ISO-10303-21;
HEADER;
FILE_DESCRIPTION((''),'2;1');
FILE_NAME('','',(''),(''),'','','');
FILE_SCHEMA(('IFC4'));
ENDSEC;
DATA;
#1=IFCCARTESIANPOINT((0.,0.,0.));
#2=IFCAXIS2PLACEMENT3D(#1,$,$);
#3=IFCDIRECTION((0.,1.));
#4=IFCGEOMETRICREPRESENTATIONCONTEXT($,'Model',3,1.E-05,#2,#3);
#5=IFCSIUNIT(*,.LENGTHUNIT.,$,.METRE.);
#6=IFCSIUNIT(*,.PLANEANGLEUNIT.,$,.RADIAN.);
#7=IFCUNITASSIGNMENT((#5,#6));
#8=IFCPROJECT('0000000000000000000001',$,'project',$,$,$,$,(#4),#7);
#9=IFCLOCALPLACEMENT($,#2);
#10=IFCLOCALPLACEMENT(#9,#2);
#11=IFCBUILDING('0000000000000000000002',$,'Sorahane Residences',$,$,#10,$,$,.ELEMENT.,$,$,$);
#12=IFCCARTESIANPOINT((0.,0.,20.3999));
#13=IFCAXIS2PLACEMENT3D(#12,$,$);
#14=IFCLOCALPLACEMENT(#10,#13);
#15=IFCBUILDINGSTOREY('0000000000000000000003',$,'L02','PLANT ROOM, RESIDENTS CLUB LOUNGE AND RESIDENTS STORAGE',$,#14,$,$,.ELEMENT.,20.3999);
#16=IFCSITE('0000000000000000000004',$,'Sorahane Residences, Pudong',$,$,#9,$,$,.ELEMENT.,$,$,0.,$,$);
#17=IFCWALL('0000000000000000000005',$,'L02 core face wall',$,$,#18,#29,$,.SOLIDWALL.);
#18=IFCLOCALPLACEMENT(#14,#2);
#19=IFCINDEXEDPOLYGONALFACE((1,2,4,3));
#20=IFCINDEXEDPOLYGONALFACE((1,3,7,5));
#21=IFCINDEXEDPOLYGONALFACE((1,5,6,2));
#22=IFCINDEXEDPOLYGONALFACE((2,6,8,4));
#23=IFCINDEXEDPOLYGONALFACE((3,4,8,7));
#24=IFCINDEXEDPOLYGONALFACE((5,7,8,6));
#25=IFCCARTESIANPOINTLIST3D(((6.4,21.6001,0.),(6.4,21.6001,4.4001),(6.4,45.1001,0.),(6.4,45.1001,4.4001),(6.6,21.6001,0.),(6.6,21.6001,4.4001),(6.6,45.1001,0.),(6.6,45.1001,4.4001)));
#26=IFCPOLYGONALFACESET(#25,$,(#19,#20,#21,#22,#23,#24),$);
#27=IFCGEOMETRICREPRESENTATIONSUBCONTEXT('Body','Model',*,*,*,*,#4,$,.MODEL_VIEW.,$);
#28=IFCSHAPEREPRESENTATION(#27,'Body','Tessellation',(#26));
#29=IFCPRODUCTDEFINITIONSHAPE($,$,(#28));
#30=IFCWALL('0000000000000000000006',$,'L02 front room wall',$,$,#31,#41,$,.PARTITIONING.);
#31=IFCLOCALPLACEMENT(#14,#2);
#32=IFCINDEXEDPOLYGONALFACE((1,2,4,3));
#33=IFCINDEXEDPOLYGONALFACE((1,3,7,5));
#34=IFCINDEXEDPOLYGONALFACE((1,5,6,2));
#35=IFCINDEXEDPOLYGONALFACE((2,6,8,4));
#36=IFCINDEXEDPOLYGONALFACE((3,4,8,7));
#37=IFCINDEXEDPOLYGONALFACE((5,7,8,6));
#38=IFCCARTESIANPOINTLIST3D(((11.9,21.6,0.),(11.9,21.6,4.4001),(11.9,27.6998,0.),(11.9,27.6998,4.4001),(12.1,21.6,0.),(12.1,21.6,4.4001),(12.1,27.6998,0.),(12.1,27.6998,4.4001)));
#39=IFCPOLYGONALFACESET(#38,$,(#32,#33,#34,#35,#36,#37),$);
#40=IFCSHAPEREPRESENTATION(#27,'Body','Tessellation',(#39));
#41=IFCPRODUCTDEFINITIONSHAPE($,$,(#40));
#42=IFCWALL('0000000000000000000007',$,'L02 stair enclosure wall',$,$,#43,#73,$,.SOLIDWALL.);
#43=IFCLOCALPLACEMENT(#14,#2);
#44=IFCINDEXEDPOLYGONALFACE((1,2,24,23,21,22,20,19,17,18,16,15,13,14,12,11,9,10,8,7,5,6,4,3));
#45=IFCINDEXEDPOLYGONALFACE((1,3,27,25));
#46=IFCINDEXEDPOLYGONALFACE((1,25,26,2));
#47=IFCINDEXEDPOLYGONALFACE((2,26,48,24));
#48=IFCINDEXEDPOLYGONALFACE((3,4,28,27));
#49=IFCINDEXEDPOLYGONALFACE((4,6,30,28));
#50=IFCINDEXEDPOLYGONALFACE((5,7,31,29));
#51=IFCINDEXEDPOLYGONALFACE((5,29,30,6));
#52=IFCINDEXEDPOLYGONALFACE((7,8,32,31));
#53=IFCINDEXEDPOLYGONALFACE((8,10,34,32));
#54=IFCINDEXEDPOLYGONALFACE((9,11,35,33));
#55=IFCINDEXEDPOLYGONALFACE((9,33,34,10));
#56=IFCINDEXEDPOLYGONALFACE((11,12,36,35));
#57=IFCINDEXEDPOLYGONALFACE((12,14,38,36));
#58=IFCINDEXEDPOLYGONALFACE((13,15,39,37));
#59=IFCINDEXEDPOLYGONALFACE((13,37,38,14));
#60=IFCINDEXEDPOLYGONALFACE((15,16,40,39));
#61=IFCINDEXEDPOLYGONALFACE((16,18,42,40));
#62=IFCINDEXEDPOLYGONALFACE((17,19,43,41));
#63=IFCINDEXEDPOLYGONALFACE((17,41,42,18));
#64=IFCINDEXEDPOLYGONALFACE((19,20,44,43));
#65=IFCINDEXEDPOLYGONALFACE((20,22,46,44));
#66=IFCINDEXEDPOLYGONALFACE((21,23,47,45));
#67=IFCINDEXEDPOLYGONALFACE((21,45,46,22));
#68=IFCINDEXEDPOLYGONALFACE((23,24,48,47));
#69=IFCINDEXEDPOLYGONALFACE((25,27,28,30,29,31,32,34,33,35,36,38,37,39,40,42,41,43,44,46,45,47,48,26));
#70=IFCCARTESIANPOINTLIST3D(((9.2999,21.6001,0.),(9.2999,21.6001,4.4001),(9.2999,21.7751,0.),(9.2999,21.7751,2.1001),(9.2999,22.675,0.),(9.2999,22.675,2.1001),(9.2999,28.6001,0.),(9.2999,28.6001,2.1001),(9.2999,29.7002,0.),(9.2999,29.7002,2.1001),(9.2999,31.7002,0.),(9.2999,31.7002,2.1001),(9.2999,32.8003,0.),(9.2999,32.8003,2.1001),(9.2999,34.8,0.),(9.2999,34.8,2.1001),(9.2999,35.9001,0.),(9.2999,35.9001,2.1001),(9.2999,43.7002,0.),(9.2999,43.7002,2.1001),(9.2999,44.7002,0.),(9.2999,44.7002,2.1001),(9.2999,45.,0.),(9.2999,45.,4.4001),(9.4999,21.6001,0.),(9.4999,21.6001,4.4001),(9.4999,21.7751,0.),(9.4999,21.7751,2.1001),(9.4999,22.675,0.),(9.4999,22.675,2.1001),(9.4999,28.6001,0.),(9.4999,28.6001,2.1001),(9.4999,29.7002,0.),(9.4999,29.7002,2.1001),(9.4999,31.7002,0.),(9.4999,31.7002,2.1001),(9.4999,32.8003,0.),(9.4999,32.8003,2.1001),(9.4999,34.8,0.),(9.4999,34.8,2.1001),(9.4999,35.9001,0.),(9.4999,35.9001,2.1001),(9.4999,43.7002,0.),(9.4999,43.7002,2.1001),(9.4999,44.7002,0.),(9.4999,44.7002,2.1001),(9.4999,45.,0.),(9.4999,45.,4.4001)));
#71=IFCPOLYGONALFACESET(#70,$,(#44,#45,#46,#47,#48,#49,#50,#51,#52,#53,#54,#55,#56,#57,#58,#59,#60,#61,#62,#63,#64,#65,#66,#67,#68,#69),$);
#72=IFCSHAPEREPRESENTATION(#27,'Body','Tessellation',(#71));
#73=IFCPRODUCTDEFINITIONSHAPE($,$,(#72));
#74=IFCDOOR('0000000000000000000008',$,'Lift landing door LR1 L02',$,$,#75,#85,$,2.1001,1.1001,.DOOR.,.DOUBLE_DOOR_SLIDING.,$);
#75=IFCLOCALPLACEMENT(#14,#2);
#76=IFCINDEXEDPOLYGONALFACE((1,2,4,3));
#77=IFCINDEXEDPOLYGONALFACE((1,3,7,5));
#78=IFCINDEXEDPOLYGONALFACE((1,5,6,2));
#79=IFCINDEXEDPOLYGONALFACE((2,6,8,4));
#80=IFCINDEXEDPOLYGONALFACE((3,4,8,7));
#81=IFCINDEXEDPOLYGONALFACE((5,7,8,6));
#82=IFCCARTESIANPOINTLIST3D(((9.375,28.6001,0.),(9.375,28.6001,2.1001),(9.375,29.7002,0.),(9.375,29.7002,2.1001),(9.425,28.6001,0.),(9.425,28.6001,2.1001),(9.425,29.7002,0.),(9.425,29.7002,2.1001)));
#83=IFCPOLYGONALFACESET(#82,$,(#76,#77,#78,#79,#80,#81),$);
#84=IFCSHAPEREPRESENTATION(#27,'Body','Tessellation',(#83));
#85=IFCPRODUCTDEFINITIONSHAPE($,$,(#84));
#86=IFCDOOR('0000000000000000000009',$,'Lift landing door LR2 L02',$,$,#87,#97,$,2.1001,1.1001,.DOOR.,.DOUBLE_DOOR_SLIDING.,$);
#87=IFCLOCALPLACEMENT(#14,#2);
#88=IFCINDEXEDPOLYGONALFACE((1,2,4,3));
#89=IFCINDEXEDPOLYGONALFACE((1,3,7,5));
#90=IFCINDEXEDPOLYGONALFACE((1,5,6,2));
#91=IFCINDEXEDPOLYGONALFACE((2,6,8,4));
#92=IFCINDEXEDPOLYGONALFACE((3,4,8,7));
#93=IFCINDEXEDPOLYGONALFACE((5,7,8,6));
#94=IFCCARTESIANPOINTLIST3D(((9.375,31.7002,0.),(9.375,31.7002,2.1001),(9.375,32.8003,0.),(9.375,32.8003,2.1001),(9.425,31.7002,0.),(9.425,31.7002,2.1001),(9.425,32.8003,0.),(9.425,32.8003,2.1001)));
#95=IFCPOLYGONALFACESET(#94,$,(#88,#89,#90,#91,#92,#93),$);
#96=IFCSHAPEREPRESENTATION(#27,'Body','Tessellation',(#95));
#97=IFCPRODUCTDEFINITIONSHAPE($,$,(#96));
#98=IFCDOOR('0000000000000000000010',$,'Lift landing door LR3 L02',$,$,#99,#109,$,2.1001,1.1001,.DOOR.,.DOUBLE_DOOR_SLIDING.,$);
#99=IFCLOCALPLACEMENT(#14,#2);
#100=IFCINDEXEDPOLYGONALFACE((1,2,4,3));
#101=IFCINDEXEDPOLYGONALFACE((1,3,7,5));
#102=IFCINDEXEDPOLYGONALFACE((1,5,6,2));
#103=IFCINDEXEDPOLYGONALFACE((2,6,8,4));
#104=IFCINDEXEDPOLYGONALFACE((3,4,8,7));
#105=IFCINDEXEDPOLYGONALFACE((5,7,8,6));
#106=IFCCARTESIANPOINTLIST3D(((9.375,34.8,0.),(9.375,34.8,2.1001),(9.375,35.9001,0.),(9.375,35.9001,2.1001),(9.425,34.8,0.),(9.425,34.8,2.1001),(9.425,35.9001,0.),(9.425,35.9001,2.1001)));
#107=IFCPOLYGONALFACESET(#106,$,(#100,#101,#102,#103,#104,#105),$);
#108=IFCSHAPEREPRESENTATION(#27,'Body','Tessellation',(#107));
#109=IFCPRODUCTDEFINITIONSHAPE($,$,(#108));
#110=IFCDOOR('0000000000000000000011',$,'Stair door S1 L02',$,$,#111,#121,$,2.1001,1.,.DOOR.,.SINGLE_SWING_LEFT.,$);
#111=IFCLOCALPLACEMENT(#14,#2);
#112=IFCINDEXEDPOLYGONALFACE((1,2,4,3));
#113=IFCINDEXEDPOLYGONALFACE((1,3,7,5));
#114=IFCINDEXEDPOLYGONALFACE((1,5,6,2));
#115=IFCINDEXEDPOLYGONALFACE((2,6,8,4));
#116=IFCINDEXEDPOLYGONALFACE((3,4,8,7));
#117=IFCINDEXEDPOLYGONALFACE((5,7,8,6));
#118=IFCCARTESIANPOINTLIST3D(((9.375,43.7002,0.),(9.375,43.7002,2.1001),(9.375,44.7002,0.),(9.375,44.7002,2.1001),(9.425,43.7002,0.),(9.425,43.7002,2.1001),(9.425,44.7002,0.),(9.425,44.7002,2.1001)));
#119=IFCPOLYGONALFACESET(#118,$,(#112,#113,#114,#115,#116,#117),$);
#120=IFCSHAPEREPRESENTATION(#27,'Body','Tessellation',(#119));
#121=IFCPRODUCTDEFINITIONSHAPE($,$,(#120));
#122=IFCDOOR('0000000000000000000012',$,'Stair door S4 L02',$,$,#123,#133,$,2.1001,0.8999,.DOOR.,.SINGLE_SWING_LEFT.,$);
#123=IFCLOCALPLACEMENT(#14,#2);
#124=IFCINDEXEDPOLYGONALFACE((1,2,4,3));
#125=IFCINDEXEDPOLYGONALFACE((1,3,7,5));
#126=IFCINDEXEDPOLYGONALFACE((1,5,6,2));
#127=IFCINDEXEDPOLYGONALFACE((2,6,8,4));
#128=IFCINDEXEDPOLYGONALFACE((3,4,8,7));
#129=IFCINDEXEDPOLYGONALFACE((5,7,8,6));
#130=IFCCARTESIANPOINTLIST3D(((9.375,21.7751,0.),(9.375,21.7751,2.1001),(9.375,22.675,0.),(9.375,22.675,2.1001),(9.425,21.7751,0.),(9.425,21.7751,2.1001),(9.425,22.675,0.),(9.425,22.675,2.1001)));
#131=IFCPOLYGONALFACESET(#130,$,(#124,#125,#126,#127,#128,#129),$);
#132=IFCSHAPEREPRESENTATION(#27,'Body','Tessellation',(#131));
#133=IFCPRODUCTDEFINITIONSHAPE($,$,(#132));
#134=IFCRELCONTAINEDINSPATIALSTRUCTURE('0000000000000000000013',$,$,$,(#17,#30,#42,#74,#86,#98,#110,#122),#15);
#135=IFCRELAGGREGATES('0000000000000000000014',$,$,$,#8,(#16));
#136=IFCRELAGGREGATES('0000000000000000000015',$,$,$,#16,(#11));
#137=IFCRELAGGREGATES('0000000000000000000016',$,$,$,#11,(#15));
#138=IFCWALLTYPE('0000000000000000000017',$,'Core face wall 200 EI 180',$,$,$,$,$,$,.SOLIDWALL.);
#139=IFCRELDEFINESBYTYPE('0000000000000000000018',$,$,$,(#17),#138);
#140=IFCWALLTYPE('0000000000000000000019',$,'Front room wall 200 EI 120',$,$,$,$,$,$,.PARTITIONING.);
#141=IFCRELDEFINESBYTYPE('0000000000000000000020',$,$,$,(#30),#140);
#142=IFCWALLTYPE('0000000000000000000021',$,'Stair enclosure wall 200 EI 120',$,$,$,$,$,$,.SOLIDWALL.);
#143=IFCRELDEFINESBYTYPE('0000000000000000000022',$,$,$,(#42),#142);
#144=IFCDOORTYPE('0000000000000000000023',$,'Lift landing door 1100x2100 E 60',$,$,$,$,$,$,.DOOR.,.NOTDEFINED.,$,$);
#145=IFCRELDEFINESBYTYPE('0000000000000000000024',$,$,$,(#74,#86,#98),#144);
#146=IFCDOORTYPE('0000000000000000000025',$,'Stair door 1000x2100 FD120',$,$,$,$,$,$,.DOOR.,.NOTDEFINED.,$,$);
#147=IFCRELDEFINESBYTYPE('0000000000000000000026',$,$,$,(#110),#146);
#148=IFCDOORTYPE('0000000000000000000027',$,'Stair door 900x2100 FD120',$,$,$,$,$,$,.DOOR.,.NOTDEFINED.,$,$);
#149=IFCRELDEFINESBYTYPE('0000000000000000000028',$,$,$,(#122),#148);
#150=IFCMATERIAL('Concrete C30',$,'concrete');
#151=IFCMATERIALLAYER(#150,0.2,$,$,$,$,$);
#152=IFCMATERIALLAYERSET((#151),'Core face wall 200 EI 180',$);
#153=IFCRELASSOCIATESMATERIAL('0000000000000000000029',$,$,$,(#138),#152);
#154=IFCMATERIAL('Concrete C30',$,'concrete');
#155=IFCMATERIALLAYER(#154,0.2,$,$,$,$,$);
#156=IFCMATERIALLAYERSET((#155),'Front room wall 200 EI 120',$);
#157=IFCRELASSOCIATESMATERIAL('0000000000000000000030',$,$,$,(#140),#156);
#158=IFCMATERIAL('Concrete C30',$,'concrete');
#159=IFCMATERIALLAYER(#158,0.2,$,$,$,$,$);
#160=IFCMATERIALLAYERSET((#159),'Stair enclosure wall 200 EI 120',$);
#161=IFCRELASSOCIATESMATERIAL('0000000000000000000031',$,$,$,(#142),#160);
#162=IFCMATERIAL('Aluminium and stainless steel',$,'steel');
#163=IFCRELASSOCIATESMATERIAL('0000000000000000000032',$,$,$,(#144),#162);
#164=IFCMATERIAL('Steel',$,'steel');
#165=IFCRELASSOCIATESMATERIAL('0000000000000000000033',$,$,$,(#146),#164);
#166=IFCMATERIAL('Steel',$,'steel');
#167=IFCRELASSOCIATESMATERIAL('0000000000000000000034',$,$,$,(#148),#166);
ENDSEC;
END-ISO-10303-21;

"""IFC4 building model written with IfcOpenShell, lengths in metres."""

from ifc_helpers import new_model, si_unit, direction, frame, frame_2d, origin, place, context, subcontext, project, spatial, rectangle, extrude, material, layer, layer_set, type_object, element, fill, save


model = new_model("IFC4")

# Units and contexts
model_context = context("Model", 3, precision=1e-05, world=origin(), true_north=direction((0.0, 1.0)))
body_context = subcontext(model_context, "Body", "Model", "MODEL_VIEW")
ifc_project = project(units=[si_unit("LENGTHUNIT", "METRE"), si_unit("PLANEANGLEUNIT", "RADIAN")], contexts=[model_context])

# Site, building, storey
site_placement = place(None, origin())
site = spatial("IfcSite", under=ifc_project, at=site_placement, Name="Sorahane Residences, Pudong", CompositionType="ELEMENT", RefElevation=0.0)
building_placement = place(site_placement, origin())
building = spatial("IfcBuilding", under=site, at=building_placement, Name="Sorahane Residences", CompositionType="ELEMENT")
storey_placement = place(building_placement, frame((0.0, 0.0, 20.3999)))
storey = spatial("IfcBuildingStorey", under=building, at=storey_placement, Name="L02", Description="PLANT ROOM, RESIDENTS CLUB LOUNGE AND RESIDENTS STORAGE", CompositionType="ELEMENT", Elevation=20.3999)

# Walls
ifc_material_1 = material(Name="Concrete C30", Category="concrete")
ifc_layer_1 = layer(ifc_material_1, 0.2)
ifc_layer_set_1 = layer_set([ifc_layer_1], Name="Core face wall 200 EI 180")
wall_type_1 = type_object("IfcWallType", Name="Core face wall 200 EI 180", PredefinedType="SOLIDWALL", material=ifc_layer_set_1)
wall_1_placement = place(storey_placement, frame((6.5, 21.6001, 0.0), z_axis=(0.0, 0.0, 1.0), x_axis=(0.0, 1.0, 0.0)))
element("IfcWall", 1, at=wall_1_placement, inside=storey, type_object=wall_type_1, Name="L02 core face wall", PredefinedType="SOLIDWALL", context=body_context, shape_type="SweptSolid", body=[
    extrude(rectangle(XDim=23.5, YDim=0.2, at=frame_2d((11.75, 0.0))), origin(), (0.0, 0.0, 1.0), 4.4001),
])
ifc_material_2 = material(Name="Concrete C30", Category="concrete")
ifc_layer_2 = layer(ifc_material_2, 0.2)
ifc_layer_set_2 = layer_set([ifc_layer_2], Name="Front room wall 200 EI 120")
wall_type_2 = type_object("IfcWallType", Name="Front room wall 200 EI 120", PredefinedType="PARTITIONING", material=ifc_layer_set_2)
wall_2_placement = place(storey_placement, frame((12.0, 21.6001, 0.0), z_axis=(0.0, 0.0, 1.0), x_axis=(0.0, 1.0, 0.0)))
element("IfcWall", 2, at=wall_2_placement, inside=storey, type_object=wall_type_2, Name="L02 front room wall", PredefinedType="PARTITIONING", context=body_context, shape_type="SweptSolid", body=[
    extrude(rectangle(XDim=6.0999, YDim=0.2, at=frame_2d((3.0498, 0.0))), origin(), (0.0, 0.0, 1.0), 4.4001),
])

# Wall, openings, doors
ifc_material_3 = material(Name="Concrete C30", Category="concrete")
ifc_layer_3 = layer(ifc_material_3, 0.2)
ifc_layer_set_3 = layer_set([ifc_layer_3], Name="Stair enclosure wall 200 EI 120")
wall_type_3 = type_object("IfcWallType", Name="Stair enclosure wall 200 EI 120", PredefinedType="SOLIDWALL", material=ifc_layer_set_3)
wall_3_placement = place(storey_placement, frame((9.3999, 21.6001, 0.0), z_axis=(0.0, 0.0, 1.0), x_axis=(0.0, 1.0, 0.0)))
wall_3 = element("IfcWall", 3, at=wall_3_placement, inside=storey, type_object=wall_type_3, Name="L02 stair enclosure wall", PredefinedType="SOLIDWALL", context=body_context, shape_type="SweptSolid", body=[
    extrude(rectangle(XDim=23.3999, YDim=0.2, at=frame_2d((11.7, 0.0))), origin(), (0.0, 0.0, 1.0), 4.4001),
])
opening_1_placement = place(wall_3_placement, frame((7.0, 0.0, 0.0)))
opening_1 = element("IfcOpeningElement", 4, at=opening_1_placement, cuts=wall_3, PredefinedType="OPENING", context=body_context, shape_type="SweptSolid", body=[
    extrude(rectangle(XDim=1.1001, YDim=2.1001, at=frame_2d((0.55, 1.05))), frame((0.0, 0.1099, 0.0), z_axis=(0.0, -1.0, 0.0), x_axis=(1.0, 0.0, 0.0)), (0.0, 0.0, 1.0), 0.22),
])
opening_2_placement = place(wall_3_placement, frame((10.1001, 0.0, 0.0)))
opening_2 = element("IfcOpeningElement", 5, at=opening_2_placement, cuts=wall_3, PredefinedType="OPENING", context=body_context, shape_type="SweptSolid", body=[
    extrude(rectangle(XDim=1.1001, YDim=2.1001, at=frame_2d((0.55, 1.05))), frame((0.0, 0.1099, 0.0), z_axis=(0.0, -1.0, 0.0), x_axis=(1.0, 0.0, 0.0)), (0.0, 0.0, 1.0), 0.22),
])
opening_3_placement = place(wall_3_placement, frame((13.2, 0.0, 0.0)))
opening_3 = element("IfcOpeningElement", 6, at=opening_3_placement, cuts=wall_3, PredefinedType="OPENING", context=body_context, shape_type="SweptSolid", body=[
    extrude(rectangle(XDim=1.1001, YDim=2.1001, at=frame_2d((0.55, 1.05))), frame((0.0, 0.1099, 0.0), z_axis=(0.0, -1.0, 0.0), x_axis=(1.0, 0.0, 0.0)), (0.0, 0.0, 1.0), 0.22),
])
opening_4_placement = place(wall_3_placement, frame((22.1001, 0.0, 0.0)))
opening_4 = element("IfcOpeningElement", 7, at=opening_4_placement, cuts=wall_3, PredefinedType="OPENING", context=body_context, shape_type="SweptSolid", body=[
    extrude(rectangle(XDim=1.0, YDim=2.1001, at=frame_2d((0.5, 1.05))), frame((0.0, 0.1099, 0.0), z_axis=(0.0, -1.0, 0.0), x_axis=(1.0, 0.0, 0.0)), (0.0, 0.0, 1.0), 0.22),
])
opening_5_placement = place(wall_3_placement, frame((0.175, 0.0, 0.0)))
opening_5 = element("IfcOpeningElement", 8, at=opening_5_placement, cuts=wall_3, PredefinedType="OPENING", context=body_context, shape_type="SweptSolid", body=[
    extrude(rectangle(XDim=0.8999, YDim=2.1001, at=frame_2d((0.45, 1.05))), frame((0.0, 0.1099, 0.0), z_axis=(0.0, -1.0, 0.0), x_axis=(1.0, 0.0, 0.0)), (0.0, 0.0, 1.0), 0.22),
])
ifc_material_4 = material(Name="Aluminium and stainless steel", Category="steel")
door_type_1 = type_object("IfcDoorType", Name="Lift landing door 1100x2100 E 60", OperationType="NOTDEFINED", PredefinedType="DOOR", material=ifc_material_4)
door_1_placement = place(opening_1_placement, origin())
door_1 = element("IfcDoor", 9, at=door_1_placement, inside=storey, type_object=door_type_1, Name="Lift landing door LR1 L02", OperationType="DOUBLE_DOOR_SLIDING", OverallHeight=2.1001, OverallWidth=1.1001, PredefinedType="DOOR", context=body_context, shape_type="SweptSolid", body=[
    extrude(rectangle(XDim=1.1001, YDim=2.1001, at=frame_2d((0.55, 1.05))), frame((0.0, 0.0249, 0.0), z_axis=(0.0, -1.0, 0.0), x_axis=(1.0, 0.0, 0.0)), (0.0, 0.0, 1.0), 0.05),
])
fill(opening_1, door_1)
door_2_placement = place(opening_2_placement, origin())
door_2 = element("IfcDoor", 10, at=door_2_placement, inside=storey, type_object=door_type_1, Name="Lift landing door LR2 L02", OperationType="DOUBLE_DOOR_SLIDING", OverallHeight=2.1001, OverallWidth=1.1001, PredefinedType="DOOR", context=body_context, shape_type="SweptSolid", body=[
    extrude(rectangle(XDim=1.1001, YDim=2.1001, at=frame_2d((0.55, 1.05))), frame((0.0, 0.0249, 0.0), z_axis=(0.0, -1.0, 0.0), x_axis=(1.0, 0.0, 0.0)), (0.0, 0.0, 1.0), 0.05),
])
fill(opening_2, door_2)
door_3_placement = place(opening_3_placement, origin())
door_3 = element("IfcDoor", 11, at=door_3_placement, inside=storey, type_object=door_type_1, Name="Lift landing door LR3 L02", OperationType="DOUBLE_DOOR_SLIDING", OverallHeight=2.1001, OverallWidth=1.1001, PredefinedType="DOOR", context=body_context, shape_type="SweptSolid", body=[
    extrude(rectangle(XDim=1.1001, YDim=2.1001, at=frame_2d((0.55, 1.05))), frame((0.0, 0.0249, 0.0), z_axis=(0.0, -1.0, 0.0), x_axis=(1.0, 0.0, 0.0)), (0.0, 0.0, 1.0), 0.05),
])
fill(opening_3, door_3)
ifc_material_5 = material(Name="Steel", Category="steel")
door_type_2 = type_object("IfcDoorType", Name="Stair door 1000x2100 FD120", OperationType="NOTDEFINED", PredefinedType="DOOR", material=ifc_material_5)
door_4_placement = place(opening_4_placement, origin())
door_4 = element("IfcDoor", 12, at=door_4_placement, inside=storey, type_object=door_type_2, Name="Stair door S1 L02", OperationType="SINGLE_SWING_LEFT", OverallHeight=2.1001, OverallWidth=1.0, PredefinedType="DOOR", context=body_context, shape_type="SweptSolid", body=[
    extrude(rectangle(XDim=1.0, YDim=2.1001, at=frame_2d((0.5, 1.05))), frame((0.0, 0.0249, 0.0), z_axis=(0.0, -1.0, 0.0), x_axis=(1.0, 0.0, 0.0)), (0.0, 0.0, 1.0), 0.05),
])
fill(opening_4, door_4)
ifc_material_6 = material(Name="Steel", Category="steel")
door_type_3 = type_object("IfcDoorType", Name="Stair door 900x2100 FD120", OperationType="NOTDEFINED", PredefinedType="DOOR", material=ifc_material_6)
door_5_placement = place(opening_5_placement, origin())
door_5 = element("IfcDoor", 13, at=door_5_placement, inside=storey, type_object=door_type_3, Name="Stair door S4 L02", OperationType="SINGLE_SWING_LEFT", OverallHeight=2.1001, OverallWidth=0.8999, PredefinedType="DOOR", context=body_context, shape_type="SweptSolid", body=[
    extrude(rectangle(XDim=0.8999, YDim=2.1001, at=frame_2d((0.45, 1.05))), frame((0.0, 0.0249, 0.0), z_axis=(0.0, -1.0, 0.0), x_axis=(1.0, 0.0, 0.0)), (0.0, 0.0, 1.0), 0.05),
])
fill(opening_5, door_5)

save(model, "model.ifc")
